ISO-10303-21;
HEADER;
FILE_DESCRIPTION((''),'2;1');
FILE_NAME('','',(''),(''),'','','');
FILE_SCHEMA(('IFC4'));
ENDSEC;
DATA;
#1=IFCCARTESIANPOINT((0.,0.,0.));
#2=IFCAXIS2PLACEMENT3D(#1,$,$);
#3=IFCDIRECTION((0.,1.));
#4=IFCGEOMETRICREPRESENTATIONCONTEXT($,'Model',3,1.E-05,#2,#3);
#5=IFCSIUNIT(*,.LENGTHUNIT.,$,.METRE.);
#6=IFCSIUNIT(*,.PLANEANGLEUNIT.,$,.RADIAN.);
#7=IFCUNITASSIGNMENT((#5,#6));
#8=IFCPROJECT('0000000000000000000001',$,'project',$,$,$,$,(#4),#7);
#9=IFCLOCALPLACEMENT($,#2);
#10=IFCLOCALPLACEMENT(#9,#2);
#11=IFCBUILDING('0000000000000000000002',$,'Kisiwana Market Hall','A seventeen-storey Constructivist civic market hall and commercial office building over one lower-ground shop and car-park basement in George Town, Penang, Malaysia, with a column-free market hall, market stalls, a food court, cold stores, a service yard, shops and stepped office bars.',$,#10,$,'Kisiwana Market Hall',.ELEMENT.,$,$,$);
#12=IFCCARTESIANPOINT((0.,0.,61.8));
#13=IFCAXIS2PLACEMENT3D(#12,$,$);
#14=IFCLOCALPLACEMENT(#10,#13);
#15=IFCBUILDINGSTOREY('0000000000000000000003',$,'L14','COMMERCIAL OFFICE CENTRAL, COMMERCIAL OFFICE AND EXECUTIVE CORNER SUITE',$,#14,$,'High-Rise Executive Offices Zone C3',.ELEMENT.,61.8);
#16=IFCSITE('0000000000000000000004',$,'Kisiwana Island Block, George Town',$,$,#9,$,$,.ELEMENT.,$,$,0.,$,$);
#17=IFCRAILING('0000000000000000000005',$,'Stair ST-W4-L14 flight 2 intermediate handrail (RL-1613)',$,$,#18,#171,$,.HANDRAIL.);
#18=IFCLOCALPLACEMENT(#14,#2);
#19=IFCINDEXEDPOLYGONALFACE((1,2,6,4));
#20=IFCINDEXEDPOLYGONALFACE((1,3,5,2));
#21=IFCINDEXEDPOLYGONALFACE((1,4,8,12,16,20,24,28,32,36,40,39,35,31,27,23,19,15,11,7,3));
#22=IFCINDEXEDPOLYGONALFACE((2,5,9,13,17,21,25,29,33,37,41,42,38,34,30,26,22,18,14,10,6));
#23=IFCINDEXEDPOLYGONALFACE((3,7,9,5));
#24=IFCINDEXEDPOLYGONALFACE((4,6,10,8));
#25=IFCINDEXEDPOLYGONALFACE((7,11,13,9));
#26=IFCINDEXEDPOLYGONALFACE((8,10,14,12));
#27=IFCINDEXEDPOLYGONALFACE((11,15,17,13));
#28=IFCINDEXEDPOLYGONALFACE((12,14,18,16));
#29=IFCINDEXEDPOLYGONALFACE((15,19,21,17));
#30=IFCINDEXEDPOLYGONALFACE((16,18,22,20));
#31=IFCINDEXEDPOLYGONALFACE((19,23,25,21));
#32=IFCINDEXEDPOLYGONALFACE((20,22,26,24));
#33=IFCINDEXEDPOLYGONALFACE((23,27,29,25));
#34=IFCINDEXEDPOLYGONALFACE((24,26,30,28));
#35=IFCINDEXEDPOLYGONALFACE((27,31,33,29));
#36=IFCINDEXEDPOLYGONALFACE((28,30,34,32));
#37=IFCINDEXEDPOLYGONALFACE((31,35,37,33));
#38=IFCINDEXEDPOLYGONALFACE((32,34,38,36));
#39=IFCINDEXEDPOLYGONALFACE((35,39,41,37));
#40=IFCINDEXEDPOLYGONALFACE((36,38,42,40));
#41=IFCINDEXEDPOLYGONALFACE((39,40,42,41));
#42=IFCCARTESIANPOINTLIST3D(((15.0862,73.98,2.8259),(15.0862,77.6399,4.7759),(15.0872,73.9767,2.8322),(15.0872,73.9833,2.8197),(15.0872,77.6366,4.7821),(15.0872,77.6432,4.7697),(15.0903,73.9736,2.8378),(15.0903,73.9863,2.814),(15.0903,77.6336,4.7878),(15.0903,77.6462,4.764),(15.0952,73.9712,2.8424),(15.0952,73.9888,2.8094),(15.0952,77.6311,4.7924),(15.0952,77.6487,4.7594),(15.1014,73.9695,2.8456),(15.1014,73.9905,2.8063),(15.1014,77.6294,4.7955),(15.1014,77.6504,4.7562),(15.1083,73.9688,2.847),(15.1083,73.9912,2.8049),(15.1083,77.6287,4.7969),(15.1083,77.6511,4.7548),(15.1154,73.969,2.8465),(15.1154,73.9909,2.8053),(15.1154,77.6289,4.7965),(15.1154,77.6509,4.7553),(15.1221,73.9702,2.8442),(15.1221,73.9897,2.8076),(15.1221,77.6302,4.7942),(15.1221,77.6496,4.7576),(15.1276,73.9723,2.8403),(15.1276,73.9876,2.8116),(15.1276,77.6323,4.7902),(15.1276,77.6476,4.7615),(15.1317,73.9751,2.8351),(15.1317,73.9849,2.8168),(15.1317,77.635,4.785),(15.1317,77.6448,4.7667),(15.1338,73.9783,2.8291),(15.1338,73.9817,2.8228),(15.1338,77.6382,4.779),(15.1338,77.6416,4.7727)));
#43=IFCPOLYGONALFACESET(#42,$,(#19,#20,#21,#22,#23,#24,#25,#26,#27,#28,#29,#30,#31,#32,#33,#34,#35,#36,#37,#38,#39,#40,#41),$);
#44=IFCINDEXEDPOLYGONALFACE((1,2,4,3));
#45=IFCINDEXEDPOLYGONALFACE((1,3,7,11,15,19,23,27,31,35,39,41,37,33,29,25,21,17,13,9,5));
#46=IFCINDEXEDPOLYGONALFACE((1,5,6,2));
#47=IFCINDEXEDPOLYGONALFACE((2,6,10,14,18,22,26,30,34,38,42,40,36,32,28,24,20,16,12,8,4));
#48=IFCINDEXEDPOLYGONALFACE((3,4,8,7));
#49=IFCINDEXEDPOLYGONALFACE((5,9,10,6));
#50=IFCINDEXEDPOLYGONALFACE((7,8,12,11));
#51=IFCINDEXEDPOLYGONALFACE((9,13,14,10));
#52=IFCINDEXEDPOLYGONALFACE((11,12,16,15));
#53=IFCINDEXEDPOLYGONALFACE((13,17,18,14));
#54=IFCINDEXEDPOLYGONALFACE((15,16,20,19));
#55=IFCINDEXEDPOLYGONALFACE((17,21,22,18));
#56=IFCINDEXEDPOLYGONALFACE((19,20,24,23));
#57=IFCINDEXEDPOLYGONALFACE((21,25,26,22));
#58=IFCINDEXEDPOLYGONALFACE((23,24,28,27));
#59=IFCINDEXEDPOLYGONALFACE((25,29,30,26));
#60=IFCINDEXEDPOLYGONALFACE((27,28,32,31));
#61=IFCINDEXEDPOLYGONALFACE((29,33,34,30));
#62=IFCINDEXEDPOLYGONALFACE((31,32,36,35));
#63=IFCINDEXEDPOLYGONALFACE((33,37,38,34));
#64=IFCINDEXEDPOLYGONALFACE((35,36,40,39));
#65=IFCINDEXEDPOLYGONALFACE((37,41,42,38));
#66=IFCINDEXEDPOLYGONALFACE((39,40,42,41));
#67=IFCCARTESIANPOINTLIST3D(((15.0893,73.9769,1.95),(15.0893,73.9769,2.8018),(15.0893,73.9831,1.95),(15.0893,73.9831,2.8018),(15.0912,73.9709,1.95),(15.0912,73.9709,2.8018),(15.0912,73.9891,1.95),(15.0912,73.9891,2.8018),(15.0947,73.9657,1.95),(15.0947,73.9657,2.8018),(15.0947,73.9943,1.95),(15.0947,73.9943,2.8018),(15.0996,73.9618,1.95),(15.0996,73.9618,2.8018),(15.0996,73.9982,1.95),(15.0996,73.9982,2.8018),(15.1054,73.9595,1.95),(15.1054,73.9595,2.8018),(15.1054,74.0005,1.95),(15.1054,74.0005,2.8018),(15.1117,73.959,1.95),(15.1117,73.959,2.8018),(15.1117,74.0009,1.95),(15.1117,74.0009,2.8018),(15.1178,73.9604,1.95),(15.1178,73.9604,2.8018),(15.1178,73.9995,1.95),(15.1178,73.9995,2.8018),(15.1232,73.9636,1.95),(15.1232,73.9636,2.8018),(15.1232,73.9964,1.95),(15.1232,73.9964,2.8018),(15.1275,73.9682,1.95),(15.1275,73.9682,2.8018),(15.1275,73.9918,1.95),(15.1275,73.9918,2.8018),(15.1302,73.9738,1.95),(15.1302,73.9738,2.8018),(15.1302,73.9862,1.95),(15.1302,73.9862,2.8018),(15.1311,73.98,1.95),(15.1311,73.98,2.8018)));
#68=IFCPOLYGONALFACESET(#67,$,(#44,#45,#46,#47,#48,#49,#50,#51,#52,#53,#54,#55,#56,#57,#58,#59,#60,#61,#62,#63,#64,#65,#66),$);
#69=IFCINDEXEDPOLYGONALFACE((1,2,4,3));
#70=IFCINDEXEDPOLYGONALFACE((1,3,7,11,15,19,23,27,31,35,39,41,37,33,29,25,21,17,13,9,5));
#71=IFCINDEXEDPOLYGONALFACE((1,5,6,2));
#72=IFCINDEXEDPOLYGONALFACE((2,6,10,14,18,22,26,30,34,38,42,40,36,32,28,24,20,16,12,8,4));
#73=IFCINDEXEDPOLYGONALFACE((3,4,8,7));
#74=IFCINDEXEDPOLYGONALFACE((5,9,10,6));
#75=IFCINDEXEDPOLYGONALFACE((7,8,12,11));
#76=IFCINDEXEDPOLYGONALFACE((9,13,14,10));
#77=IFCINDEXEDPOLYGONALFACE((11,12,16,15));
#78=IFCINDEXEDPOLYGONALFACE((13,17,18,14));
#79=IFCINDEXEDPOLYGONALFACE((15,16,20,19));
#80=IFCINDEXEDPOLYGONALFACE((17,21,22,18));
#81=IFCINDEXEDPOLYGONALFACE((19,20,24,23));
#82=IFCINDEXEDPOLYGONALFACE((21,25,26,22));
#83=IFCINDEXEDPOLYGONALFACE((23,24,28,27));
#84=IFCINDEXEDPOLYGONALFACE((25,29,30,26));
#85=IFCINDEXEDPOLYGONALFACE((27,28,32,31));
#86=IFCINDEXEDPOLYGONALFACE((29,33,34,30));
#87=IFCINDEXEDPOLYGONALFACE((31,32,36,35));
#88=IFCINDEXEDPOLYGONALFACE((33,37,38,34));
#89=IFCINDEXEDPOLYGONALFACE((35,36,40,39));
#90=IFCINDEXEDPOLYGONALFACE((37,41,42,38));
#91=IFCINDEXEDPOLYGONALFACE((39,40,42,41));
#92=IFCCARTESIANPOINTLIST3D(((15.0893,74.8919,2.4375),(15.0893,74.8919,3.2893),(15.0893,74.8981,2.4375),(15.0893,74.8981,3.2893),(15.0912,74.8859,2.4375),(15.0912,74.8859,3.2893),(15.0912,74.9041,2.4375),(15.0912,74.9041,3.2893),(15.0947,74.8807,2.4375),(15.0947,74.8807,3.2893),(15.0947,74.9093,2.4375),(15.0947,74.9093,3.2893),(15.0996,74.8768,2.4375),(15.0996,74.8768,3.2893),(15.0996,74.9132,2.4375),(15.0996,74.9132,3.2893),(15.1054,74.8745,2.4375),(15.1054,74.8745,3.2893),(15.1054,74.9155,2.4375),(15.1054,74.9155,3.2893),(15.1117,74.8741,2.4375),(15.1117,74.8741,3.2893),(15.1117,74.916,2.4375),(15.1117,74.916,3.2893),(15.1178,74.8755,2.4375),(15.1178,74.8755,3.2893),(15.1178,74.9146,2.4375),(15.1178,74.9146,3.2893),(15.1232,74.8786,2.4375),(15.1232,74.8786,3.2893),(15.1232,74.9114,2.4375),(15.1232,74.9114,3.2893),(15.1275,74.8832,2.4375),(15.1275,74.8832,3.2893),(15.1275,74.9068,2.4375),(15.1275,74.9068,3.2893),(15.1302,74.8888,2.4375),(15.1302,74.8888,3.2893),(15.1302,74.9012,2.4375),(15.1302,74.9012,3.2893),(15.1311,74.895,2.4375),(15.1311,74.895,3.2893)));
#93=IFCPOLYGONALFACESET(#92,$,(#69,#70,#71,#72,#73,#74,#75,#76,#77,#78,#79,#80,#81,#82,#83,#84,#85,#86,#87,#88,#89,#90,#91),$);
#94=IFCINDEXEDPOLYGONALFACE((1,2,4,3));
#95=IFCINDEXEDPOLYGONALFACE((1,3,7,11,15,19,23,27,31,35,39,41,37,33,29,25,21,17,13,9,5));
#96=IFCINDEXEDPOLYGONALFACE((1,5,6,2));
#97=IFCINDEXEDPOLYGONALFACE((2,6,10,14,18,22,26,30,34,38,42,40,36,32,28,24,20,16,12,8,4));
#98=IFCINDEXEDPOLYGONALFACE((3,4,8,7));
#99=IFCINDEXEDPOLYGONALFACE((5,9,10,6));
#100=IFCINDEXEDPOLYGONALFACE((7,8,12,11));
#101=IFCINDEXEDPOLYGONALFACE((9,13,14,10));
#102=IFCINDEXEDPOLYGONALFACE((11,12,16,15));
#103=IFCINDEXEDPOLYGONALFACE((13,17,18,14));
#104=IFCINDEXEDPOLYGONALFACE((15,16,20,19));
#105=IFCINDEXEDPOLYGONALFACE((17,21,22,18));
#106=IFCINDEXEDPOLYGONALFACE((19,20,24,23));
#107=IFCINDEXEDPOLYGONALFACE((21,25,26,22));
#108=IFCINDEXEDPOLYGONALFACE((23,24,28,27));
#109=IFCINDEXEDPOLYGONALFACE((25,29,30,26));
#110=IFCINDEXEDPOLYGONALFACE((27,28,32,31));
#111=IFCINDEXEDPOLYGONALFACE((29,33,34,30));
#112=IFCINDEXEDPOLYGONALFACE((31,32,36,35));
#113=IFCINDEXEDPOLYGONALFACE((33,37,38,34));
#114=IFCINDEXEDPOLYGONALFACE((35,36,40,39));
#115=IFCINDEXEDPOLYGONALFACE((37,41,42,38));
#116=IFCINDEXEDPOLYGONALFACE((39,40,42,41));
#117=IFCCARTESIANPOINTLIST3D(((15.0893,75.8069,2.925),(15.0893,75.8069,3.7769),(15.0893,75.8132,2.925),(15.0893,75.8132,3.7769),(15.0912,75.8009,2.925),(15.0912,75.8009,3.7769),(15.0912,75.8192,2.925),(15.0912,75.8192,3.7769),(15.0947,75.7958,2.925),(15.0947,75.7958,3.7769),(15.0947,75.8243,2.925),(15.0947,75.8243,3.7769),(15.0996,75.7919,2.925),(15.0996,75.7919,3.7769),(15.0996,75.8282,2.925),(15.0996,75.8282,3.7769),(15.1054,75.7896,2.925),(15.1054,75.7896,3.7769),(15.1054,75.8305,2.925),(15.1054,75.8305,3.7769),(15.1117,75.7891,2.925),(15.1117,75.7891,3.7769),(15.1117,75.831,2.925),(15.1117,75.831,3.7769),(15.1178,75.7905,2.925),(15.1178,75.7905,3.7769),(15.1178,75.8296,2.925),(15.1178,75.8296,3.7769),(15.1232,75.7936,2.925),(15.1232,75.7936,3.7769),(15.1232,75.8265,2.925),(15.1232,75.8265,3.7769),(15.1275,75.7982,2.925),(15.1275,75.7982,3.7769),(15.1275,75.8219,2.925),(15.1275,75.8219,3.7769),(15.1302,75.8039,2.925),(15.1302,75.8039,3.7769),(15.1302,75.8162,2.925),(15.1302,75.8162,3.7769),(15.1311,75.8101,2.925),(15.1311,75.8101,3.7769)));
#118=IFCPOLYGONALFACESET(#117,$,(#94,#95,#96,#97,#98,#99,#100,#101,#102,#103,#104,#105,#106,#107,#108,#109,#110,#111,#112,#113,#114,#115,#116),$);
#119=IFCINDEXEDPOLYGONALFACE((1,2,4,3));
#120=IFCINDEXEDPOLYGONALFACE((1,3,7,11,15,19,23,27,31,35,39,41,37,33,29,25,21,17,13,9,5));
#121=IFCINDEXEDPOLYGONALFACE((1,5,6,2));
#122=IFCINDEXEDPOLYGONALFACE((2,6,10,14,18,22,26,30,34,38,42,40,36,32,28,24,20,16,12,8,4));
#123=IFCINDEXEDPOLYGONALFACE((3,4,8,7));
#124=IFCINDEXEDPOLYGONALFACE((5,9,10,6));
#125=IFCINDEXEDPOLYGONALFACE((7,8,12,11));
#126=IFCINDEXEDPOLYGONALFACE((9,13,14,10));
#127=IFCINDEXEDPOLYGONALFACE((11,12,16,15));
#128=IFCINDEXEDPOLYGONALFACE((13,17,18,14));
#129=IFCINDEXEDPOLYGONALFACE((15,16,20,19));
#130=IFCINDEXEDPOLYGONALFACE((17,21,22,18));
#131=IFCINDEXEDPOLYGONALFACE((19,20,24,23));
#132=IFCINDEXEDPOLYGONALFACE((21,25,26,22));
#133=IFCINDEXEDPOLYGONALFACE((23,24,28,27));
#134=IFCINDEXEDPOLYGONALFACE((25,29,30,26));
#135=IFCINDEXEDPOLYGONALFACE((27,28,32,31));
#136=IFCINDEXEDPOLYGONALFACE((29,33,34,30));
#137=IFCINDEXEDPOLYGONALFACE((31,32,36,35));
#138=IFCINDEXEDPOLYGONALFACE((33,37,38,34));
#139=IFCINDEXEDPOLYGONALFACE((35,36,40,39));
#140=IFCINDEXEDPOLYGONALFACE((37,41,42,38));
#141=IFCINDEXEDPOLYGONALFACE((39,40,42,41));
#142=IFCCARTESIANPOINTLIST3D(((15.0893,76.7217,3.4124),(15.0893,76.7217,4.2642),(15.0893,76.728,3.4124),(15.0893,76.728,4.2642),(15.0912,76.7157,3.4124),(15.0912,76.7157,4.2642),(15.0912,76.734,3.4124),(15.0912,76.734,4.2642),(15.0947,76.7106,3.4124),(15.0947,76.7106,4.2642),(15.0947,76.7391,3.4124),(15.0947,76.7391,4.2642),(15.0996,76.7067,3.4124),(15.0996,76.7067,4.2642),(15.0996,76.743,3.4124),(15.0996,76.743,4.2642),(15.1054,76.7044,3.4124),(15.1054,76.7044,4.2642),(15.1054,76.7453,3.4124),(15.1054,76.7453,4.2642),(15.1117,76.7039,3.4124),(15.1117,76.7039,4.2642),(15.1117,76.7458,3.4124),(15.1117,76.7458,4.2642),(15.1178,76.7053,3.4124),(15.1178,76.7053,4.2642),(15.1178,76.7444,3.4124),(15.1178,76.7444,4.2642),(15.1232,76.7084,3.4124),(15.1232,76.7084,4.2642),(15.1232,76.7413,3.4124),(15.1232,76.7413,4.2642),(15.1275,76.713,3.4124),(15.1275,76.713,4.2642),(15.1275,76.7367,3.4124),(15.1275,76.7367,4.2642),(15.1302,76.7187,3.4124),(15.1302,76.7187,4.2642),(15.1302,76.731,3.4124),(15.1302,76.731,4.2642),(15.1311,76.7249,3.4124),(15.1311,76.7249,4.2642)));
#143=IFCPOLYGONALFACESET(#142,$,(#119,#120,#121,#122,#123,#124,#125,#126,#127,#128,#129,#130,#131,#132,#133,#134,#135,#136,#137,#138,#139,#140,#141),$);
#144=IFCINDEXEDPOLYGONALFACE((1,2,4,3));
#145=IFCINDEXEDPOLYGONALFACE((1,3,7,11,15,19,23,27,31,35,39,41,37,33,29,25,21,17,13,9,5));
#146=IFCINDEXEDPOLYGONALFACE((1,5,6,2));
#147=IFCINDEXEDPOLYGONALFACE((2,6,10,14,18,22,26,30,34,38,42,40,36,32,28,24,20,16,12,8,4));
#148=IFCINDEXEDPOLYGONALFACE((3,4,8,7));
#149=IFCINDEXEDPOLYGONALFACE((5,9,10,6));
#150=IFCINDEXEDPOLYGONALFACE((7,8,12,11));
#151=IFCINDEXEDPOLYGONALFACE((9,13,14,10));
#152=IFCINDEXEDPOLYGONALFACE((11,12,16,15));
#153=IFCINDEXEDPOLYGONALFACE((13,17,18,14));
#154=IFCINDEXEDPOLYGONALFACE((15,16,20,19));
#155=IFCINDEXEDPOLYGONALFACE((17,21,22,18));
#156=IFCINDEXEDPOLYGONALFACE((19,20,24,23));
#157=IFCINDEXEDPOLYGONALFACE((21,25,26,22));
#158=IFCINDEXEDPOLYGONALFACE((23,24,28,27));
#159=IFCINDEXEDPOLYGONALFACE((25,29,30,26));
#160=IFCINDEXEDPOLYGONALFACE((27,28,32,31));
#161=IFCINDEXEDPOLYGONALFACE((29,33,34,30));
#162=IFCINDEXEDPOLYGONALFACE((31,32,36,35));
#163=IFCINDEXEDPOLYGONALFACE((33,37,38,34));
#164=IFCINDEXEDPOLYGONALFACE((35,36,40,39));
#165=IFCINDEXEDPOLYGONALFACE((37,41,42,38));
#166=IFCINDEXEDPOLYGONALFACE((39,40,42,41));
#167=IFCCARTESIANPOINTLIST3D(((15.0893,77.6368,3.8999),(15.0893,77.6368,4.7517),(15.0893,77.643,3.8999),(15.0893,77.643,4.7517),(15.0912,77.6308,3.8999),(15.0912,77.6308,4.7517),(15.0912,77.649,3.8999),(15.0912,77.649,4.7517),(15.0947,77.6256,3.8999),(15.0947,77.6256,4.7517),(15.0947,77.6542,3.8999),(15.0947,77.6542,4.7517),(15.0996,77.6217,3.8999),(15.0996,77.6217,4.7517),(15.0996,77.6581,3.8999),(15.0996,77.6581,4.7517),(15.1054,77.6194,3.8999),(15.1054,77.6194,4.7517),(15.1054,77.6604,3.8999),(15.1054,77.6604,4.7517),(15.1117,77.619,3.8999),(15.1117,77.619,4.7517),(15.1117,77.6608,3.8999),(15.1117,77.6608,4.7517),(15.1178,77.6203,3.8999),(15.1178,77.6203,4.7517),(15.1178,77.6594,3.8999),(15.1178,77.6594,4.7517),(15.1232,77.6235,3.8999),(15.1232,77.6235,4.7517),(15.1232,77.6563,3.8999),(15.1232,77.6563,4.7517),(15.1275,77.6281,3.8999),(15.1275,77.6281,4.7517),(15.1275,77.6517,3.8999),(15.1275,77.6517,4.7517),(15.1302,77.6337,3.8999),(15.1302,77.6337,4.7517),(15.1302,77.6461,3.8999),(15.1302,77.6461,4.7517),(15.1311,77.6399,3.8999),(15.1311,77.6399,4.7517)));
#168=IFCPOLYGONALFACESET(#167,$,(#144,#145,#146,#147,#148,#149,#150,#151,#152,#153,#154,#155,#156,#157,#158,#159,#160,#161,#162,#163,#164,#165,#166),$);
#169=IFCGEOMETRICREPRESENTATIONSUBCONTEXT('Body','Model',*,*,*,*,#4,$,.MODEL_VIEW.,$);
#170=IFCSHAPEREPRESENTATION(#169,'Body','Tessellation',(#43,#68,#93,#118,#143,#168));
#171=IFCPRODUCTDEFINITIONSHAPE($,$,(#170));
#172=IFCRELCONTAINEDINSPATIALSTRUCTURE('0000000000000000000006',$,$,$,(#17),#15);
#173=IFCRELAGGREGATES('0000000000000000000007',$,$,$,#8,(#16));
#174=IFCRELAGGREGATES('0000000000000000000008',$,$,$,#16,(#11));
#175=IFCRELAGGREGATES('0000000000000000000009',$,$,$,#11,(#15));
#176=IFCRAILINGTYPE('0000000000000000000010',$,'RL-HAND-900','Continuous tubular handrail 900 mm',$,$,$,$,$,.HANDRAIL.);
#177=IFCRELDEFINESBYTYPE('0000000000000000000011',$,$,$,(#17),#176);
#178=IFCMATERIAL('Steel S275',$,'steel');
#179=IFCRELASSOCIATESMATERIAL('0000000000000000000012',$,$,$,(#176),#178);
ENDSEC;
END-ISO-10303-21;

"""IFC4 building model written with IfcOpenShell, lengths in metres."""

from ifc_helpers import new_model, si_unit, direction, frame, origin, origin_2d, place, context, subcontext, project, spatial, circle, extrude, material, type_object, element, save


model = new_model("IFC4")

# Units and contexts
model_context = context("Model", 3, precision=1e-05, world=origin(), true_north=direction((0.0, 1.0)))
body_context = subcontext(model_context, "Body", "Model", "MODEL_VIEW")
ifc_project = project(units=[si_unit("LENGTHUNIT", "METRE"), si_unit("PLANEANGLEUNIT", "RADIAN")], contexts=[model_context])

# Site, building, storey
site_placement = place(None, origin())
site = spatial("IfcSite", under=ifc_project, at=site_placement, Name="Kisiwana Island Block, George Town", CompositionType="ELEMENT", RefElevation=0.0)
building_placement = place(site_placement, origin())
building = spatial("IfcBuilding", under=site, at=building_placement, Name="Kisiwana Market Hall", Description="A seventeen-storey Constructivist civic market hall and commercial office building over one lower-ground shop and car-park basement in George Town, Penang, Malaysia, with a column-free market hall, market stalls, a food court, cold stores, a service yard, shops and stepped office bars.", LongName="Kisiwana Market Hall", CompositionType="ELEMENT")
storey_placement = place(building_placement, frame((0.0, 0.0, 61.8)))
storey = spatial("IfcBuildingStorey", under=building, at=storey_placement, Name="L14", Description="COMMERCIAL OFFICE CENTRAL, COMMERCIAL OFFICE AND EXECUTIVE CORNER SUITE", LongName="High-Rise Executive Offices Zone C3", CompositionType="ELEMENT", Elevation=61.8)

# Railing
ifc_material_1 = material(Name="Steel S275", Category="steel")
railing_type_1 = type_object("IfcRailingType", Name="RL-HAND-900", Description="Continuous tubular handrail 900 mm", PredefinedType="HANDRAIL", material=ifc_material_1)
for number, where, name in (
    (1, (15.1101, 73.98, 1.95), "Stair ST-W4-L14 flight 2 intermediate handrail (RL-1613)"),
):
    element("IfcRailing", number, at=place(storey_placement, frame(where)), inside=storey, type_object=railing_type_1, Name=name, PredefinedType="HANDRAIL", context=body_context, shape_type="SweptSolid", body=[
        extrude(circle(Radius=0.0239, at=origin_2d()), frame((0.0, 0.0, 0.876), z_axis=(0.0, 0.882553, 0.470212), x_axis=(-1.0, 0.0, 0.0)), (0.0, 0.0, 1.0), 4.147),
        extrude(circle(Radius=0.021, at=origin_2d()), origin(), (0.0, 0.0, 1.0), 0.8518),
        extrude(circle(Radius=0.021, at=origin_2d()), frame((0.0, 0.915, 0.4875)), (0.0, 0.0, 1.0), 0.8518),
        extrude(circle(Radius=0.021, at=origin_2d()), frame((0.0, 1.8301, 0.9751)), (0.0, 0.0, 1.0), 0.8518),
        extrude(circle(Radius=0.021, at=origin_2d()), frame((0.0, 2.7449, 1.4624)), (0.0, 0.0, 1.0), 0.8518),
        extrude(circle(Radius=0.021, at=origin_2d()), frame((0.0, 3.6599, 1.95)), (0.0, 0.0, 1.0), 0.8518),
    ])

save(model, "model.ifc")
